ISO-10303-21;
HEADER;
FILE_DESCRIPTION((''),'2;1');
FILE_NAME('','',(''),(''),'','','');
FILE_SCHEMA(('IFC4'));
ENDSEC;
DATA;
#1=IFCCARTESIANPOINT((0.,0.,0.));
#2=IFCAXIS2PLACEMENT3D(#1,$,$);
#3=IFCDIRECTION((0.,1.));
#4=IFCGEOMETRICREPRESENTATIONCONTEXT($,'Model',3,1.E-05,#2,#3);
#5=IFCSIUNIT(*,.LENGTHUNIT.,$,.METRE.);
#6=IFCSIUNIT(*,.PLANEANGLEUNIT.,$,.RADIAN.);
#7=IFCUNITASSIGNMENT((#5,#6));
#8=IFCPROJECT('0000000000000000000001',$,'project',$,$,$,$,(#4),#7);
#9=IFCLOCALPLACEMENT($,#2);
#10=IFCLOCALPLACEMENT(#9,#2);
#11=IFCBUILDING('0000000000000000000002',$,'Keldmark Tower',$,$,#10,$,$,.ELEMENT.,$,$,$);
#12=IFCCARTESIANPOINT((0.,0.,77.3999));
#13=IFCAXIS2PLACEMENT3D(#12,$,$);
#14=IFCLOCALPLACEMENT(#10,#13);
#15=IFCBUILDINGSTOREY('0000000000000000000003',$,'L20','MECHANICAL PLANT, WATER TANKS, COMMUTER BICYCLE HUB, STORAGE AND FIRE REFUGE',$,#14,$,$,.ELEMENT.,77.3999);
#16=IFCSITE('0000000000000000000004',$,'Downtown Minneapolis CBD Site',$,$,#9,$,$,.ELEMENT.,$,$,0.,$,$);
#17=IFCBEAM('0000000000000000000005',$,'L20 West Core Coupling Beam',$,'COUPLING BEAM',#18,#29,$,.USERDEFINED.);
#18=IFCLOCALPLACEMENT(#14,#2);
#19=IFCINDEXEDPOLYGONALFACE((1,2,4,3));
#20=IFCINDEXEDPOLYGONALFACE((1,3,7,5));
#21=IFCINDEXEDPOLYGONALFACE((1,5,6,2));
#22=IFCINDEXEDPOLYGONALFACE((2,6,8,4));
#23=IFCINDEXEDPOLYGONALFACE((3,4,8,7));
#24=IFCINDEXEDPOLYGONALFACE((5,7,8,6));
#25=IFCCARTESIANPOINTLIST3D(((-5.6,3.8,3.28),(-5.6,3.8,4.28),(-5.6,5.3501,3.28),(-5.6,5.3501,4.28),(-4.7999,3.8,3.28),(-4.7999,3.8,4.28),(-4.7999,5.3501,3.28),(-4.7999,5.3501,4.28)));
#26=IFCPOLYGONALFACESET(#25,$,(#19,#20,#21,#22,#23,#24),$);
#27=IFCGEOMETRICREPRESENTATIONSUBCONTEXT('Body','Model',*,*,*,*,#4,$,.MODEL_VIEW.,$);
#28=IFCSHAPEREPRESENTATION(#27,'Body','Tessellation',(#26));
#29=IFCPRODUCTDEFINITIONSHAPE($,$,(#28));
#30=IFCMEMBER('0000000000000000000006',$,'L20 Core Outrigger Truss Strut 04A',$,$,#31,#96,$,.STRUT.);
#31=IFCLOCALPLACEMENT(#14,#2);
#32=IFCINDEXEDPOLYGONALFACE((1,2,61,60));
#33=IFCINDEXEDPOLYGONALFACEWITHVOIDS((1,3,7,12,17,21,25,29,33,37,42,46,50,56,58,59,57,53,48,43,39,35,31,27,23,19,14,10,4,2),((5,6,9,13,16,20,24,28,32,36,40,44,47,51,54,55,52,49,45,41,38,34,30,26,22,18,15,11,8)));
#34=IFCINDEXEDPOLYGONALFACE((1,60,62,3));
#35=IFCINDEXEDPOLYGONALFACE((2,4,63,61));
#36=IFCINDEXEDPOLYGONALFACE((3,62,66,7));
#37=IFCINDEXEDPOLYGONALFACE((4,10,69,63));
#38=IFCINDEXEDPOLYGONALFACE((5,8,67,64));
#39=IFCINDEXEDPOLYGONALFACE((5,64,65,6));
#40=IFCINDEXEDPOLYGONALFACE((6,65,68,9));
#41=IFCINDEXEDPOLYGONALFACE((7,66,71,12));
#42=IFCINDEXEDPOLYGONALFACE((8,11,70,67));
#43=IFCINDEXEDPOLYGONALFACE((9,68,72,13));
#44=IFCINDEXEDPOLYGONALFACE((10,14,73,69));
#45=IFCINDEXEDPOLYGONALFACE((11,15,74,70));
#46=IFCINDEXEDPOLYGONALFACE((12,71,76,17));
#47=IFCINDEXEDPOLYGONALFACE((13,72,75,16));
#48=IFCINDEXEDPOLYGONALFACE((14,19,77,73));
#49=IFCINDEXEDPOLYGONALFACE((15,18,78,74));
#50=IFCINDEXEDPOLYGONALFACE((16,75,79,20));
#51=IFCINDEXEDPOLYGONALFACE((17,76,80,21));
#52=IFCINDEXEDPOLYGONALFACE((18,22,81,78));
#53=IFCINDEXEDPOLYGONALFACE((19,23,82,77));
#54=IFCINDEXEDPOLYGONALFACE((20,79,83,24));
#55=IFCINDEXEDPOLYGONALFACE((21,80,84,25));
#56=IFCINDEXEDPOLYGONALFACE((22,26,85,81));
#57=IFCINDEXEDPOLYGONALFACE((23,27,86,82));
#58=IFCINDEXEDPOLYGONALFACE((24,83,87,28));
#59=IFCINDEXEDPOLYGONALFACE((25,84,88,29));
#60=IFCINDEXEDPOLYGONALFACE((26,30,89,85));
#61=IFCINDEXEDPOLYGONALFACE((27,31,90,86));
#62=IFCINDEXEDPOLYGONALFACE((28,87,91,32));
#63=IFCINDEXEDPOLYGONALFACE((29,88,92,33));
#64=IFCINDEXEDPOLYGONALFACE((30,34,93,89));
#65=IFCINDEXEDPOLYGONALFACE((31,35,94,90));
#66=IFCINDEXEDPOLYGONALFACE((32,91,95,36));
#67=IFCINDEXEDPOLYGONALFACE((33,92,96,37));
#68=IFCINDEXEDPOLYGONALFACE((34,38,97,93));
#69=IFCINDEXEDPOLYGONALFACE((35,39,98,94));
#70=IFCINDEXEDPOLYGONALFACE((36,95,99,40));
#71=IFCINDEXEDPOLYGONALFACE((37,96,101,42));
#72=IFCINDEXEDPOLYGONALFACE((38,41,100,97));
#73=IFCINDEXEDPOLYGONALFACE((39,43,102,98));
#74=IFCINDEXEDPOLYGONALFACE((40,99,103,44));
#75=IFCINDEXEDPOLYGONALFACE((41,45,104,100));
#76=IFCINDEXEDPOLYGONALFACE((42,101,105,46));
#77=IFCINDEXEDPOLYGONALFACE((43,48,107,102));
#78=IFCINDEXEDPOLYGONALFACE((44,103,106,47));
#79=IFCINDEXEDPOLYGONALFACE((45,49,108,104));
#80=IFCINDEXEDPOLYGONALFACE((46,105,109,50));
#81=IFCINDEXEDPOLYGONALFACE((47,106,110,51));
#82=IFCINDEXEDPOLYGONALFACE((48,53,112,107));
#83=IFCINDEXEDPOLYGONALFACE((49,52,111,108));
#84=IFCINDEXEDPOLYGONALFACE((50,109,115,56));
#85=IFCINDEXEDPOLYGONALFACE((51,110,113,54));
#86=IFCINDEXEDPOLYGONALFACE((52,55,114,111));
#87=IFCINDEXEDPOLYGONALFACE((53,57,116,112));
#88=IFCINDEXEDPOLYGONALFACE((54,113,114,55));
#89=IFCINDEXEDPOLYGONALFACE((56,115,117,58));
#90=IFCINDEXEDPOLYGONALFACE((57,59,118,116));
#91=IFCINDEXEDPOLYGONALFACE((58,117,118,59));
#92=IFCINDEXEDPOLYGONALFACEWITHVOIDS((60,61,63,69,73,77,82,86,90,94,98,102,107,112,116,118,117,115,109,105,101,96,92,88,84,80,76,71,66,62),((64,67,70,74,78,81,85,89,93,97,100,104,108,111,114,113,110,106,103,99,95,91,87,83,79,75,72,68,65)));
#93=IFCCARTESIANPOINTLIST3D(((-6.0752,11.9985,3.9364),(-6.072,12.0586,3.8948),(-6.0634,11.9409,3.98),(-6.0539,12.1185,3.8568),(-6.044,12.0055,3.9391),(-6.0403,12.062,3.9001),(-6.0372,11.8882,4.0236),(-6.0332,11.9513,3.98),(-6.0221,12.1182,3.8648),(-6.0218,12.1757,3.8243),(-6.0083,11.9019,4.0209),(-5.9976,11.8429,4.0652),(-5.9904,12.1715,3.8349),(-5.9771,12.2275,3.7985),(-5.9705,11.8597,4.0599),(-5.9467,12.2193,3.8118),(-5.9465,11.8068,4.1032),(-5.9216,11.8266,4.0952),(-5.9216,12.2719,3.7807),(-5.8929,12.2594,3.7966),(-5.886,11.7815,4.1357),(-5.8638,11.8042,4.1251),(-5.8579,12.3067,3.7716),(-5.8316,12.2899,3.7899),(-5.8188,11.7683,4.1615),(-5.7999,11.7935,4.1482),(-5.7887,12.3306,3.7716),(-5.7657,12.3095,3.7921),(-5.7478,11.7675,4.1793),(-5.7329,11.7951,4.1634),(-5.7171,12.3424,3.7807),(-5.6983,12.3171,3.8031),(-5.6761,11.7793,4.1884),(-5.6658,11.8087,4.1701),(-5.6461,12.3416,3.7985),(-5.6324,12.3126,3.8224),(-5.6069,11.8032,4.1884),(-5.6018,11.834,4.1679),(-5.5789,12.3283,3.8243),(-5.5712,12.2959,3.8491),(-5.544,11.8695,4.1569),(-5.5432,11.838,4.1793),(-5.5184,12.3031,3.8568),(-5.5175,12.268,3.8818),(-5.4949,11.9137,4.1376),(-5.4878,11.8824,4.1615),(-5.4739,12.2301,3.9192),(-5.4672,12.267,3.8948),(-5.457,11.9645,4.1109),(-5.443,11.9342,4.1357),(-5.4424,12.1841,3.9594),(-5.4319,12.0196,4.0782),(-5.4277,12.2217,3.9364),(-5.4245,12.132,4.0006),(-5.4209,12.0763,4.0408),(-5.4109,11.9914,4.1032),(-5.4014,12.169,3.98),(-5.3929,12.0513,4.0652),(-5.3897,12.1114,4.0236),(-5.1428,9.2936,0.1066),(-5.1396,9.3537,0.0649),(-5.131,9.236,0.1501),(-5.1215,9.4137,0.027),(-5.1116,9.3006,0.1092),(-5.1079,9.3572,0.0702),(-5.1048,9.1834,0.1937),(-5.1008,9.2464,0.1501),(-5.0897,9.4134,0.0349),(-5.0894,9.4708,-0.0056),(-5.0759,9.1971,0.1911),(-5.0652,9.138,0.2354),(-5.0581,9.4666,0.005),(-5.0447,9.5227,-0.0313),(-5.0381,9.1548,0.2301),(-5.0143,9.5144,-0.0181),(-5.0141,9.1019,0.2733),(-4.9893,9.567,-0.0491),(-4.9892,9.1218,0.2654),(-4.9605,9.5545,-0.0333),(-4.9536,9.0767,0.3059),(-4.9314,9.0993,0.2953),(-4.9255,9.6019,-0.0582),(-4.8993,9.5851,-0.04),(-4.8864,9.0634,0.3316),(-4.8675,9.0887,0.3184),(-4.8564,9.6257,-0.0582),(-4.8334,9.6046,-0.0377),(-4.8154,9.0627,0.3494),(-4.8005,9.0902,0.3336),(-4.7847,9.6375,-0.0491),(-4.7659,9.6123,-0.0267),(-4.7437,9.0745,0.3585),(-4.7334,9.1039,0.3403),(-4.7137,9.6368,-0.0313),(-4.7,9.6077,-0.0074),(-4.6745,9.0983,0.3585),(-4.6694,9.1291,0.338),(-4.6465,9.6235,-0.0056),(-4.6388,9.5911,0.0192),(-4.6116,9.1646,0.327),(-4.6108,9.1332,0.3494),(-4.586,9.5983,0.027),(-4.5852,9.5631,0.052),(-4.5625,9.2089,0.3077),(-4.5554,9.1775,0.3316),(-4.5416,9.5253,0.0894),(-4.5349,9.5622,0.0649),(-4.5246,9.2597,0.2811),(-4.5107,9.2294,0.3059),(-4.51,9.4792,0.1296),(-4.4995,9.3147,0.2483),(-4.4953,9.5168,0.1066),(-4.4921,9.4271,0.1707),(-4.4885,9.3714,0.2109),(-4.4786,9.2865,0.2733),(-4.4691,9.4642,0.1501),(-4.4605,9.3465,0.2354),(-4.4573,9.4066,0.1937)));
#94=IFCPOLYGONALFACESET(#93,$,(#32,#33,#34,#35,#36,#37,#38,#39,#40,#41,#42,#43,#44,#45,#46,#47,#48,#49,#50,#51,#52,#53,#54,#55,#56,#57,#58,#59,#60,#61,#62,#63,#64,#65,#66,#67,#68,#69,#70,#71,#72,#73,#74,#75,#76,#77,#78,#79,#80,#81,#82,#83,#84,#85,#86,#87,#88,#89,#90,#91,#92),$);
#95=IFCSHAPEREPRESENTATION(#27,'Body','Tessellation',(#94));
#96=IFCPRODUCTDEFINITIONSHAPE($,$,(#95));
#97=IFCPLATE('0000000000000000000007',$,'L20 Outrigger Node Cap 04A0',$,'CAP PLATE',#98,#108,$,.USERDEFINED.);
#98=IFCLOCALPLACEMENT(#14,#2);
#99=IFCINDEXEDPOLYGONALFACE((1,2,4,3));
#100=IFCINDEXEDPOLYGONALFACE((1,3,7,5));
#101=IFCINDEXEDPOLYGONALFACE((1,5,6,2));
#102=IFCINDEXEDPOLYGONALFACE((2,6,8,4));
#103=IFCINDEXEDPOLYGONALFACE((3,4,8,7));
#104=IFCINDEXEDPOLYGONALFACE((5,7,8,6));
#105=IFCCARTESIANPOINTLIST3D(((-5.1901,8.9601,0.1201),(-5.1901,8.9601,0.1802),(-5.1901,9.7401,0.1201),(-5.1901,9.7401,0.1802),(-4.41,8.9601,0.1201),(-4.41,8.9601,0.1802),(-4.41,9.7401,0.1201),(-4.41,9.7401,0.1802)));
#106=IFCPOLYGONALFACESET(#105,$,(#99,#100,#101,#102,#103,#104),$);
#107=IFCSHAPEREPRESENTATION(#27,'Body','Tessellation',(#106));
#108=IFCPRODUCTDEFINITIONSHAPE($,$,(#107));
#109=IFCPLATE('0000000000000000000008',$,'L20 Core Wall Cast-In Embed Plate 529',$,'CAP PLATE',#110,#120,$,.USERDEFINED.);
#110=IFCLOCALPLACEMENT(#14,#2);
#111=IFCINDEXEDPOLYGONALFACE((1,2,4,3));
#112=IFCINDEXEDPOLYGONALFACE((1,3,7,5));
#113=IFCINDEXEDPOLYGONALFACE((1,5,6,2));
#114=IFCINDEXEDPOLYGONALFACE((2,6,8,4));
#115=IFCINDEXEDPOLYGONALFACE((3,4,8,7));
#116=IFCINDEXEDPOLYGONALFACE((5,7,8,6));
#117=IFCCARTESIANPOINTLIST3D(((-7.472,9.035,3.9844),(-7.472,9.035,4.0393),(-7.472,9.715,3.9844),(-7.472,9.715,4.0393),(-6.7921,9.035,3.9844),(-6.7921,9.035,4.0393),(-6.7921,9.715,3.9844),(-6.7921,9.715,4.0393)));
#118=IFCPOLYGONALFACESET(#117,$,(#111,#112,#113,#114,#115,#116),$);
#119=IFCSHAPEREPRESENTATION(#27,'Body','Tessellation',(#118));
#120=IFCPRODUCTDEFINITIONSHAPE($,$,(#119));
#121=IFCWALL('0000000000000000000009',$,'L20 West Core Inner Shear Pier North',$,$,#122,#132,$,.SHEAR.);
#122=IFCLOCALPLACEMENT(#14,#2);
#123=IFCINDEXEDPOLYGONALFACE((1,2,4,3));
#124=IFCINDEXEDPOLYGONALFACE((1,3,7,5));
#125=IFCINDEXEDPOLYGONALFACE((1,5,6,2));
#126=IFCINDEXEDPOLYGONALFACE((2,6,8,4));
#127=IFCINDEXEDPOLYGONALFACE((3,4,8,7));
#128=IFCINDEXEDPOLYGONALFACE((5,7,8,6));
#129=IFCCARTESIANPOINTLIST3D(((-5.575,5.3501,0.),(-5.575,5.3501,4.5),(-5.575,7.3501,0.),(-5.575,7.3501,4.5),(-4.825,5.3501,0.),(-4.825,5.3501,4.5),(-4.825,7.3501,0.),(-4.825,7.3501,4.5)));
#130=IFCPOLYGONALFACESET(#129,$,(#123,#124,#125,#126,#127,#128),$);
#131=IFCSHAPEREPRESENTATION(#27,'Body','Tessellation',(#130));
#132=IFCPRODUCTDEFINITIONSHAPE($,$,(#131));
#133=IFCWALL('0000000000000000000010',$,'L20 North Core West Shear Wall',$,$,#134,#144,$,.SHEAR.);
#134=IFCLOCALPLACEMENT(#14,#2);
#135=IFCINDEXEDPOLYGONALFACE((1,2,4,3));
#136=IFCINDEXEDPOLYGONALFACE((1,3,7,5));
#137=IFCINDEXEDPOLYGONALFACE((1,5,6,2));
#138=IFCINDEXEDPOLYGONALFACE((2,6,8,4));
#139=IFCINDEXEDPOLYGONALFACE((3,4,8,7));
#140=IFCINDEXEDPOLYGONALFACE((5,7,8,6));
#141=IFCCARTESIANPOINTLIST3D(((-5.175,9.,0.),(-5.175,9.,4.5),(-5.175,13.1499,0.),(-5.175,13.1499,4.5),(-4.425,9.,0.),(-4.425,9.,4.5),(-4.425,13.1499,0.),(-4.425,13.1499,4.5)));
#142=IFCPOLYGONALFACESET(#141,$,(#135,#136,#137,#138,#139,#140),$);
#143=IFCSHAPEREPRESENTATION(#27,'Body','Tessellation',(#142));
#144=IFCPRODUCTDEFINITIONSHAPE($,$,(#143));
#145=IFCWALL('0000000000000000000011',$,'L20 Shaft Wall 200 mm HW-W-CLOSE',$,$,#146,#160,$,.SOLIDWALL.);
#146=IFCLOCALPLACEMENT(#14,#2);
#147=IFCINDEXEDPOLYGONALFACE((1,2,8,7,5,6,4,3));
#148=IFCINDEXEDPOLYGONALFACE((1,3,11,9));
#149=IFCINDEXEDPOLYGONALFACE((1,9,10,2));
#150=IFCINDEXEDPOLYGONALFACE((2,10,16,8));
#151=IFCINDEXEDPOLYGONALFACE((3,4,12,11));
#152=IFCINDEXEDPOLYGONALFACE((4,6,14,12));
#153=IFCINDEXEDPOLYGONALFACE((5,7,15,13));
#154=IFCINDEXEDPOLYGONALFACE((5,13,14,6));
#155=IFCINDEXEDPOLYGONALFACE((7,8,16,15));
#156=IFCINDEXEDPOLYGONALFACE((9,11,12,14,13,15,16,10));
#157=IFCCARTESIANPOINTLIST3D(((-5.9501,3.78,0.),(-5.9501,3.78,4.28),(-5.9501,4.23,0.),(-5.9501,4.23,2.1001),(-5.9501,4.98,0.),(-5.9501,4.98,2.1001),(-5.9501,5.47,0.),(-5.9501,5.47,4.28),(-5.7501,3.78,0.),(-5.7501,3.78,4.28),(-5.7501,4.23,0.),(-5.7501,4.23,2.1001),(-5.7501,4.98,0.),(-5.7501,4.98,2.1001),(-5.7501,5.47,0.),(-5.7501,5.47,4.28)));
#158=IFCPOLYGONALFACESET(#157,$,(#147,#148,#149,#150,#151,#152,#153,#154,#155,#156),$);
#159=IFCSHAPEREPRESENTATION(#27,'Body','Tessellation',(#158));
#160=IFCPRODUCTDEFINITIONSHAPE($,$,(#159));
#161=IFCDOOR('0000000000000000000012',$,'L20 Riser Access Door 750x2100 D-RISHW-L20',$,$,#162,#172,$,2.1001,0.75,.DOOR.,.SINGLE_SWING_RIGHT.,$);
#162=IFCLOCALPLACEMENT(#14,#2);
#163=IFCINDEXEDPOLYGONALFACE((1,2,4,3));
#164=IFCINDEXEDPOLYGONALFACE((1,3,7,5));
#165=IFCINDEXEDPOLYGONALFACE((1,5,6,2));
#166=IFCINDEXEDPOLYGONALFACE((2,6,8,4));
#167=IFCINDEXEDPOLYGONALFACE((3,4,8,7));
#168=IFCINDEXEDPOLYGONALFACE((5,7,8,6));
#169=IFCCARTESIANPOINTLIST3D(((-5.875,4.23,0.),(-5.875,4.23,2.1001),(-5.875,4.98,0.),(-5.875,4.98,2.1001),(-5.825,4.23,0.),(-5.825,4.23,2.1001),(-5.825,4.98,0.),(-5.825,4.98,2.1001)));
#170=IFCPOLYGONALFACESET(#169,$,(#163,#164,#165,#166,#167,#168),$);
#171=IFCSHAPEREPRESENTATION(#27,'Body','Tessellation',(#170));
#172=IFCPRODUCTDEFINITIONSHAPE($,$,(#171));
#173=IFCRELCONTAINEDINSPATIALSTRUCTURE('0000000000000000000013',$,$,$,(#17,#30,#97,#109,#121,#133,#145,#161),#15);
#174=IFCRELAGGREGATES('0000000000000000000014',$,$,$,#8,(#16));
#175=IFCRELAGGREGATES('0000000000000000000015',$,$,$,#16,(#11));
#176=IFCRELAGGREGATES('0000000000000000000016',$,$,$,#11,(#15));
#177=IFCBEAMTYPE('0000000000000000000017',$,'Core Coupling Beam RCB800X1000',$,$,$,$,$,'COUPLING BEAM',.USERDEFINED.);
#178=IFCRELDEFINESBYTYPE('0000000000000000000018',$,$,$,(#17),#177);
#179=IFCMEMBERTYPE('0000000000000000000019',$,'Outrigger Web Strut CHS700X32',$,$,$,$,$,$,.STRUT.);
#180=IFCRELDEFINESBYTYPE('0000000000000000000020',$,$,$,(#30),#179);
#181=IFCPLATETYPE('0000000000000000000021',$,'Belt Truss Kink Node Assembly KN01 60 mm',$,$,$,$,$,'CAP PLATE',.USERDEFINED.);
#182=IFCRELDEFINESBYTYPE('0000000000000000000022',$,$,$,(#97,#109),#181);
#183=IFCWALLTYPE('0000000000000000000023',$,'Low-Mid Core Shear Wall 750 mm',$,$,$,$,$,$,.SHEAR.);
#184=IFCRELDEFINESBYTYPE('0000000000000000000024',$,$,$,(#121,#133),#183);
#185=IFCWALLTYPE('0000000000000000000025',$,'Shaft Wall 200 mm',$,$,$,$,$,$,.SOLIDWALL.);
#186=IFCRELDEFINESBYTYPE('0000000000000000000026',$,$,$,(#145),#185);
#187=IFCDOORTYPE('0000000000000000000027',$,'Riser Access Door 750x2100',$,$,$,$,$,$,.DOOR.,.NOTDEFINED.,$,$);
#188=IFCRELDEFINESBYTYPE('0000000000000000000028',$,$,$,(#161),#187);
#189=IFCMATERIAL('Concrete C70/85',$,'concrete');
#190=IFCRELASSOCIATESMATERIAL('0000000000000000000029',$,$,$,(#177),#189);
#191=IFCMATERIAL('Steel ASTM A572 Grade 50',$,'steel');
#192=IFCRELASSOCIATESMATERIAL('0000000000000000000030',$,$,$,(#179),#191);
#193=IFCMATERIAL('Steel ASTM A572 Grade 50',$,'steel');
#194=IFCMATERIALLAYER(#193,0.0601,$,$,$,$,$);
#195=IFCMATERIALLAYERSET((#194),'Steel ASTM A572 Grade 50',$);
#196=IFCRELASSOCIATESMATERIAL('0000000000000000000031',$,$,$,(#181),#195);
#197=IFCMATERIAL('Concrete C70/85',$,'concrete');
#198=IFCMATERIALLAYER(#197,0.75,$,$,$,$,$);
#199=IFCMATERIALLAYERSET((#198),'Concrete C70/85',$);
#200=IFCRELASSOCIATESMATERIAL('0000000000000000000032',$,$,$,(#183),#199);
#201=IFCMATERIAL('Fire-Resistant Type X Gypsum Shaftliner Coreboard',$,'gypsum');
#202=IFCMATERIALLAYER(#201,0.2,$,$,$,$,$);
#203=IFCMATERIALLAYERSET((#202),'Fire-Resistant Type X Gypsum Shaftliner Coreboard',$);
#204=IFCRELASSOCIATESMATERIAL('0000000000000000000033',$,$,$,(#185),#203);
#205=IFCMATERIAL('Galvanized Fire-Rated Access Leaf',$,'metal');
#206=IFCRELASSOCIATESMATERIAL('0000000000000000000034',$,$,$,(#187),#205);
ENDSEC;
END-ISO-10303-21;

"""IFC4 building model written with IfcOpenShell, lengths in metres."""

from ifc_helpers import new_model, si_unit, direction, frame, frame_2d, origin, origin_2d, place, context, subcontext, project, spatial, rectangle, hollow_circle, extrude, material, layer, layer_set, material_profile, profile_set, type_object, element, fill, save


model = new_model("IFC4")

# Units and contexts
model_context = context("Model", 3, precision=1e-05, world=origin(), true_north=direction((0.0, 1.0)))
body_context = subcontext(model_context, "Body", "Model", "MODEL_VIEW")
ifc_project = project(units=[si_unit("LENGTHUNIT", "METRE"), si_unit("PLANEANGLEUNIT", "RADIAN")], contexts=[model_context])

# Site, building, storey
site_placement = place(None, origin())
site = spatial("IfcSite", under=ifc_project, at=site_placement, Name="Downtown Minneapolis CBD Site", CompositionType="ELEMENT", RefElevation=0.0)
building_placement = place(site_placement, origin())
building = spatial("IfcBuilding", under=site, at=building_placement, Name="Keldmark Tower", CompositionType="ELEMENT")
storey_placement = place(building_placement, frame((0.0, 0.0, 77.3999)))
storey = spatial("IfcBuildingStorey", under=building, at=storey_placement, Name="L20", Description="MECHANICAL PLANT, WATER TANKS, COMMUTER BICYCLE HUB, STORAGE AND FIRE REFUGE", CompositionType="ELEMENT", Elevation=77.3999)

# Beam
ifc_material_1 = material(Name="Concrete C70/85", Category="concrete")
ifc_material_profile_1 = material_profile(ifc_material_1, rectangle(XDim=0.8, YDim=1.0, at=origin_2d()), Name="RCB800X1000")
ifc_profile_set_1 = profile_set([ifc_material_profile_1], Name="Concrete C70/85")
beam_type = type_object("IfcBeamType", Name="Core Coupling Beam RCB800X1000", ElementType="COUPLING BEAM", PredefinedType="USERDEFINED", material=ifc_profile_set_1)
beam_placement = place(storey_placement, frame((-5.2, 3.8, 3.78), z_axis=(0.0, 1.0, 0.0), x_axis=(-1.0, 0.0, 0.0)))
element("IfcBeam", 1, at=beam_placement, inside=storey, type_object=beam_type, Name="L20 West Core Coupling Beam", ObjectType="COUPLING BEAM", PredefinedType="USERDEFINED", context=body_context, shape_type="SweptSolid", body=[
    extrude(rectangle(XDim=0.8, YDim=1.0, at=origin_2d()), origin(), (0.0, 0.0, 1.0), 1.55),
])

# Member
ifc_material_2 = material(Name="Steel ASTM A572 Grade 50", Category="steel")
ifc_material_profile_2 = material_profile(ifc_material_2, hollow_circle(Radius=0.3501, WallThickness=0.032, at=origin_2d()), Name="CHS700X32")
ifc_profile_set_2 = profile_set([ifc_material_profile_2], Name="Steel ASTM A572 Grade 50")
member_type = type_object("IfcMemberType", Name="Outrigger Web Strut CHS700X32", PredefinedType="STRUT", material=ifc_profile_set_2)
member_placement = place(storey_placement, frame((-4.8, 9.3501, 0.1501), z_axis=(-0.195037, 0.565807, 0.801139), x_axis=(-0.945408, -0.325888, 0.0)))
element("IfcMember", 2, at=member_placement, inside=storey, type_object=member_type, Name="L20 Core Outrigger Truss Strut 04A", PredefinedType="STRUT", context=body_context, shape_type="SweptSolid", body=[
    extrude(hollow_circle(Radius=0.3501, WallThickness=0.032, at=origin_2d()), origin(), (0.0, 0.0, 1.0), 4.7805),
])

# Plates
ifc_material_3 = material(Name="Steel ASTM A572 Grade 50", Category="steel")
ifc_layer_1 = layer(ifc_material_3, 0.0601)
ifc_layer_set_1 = layer_set([ifc_layer_1], Name="Steel ASTM A572 Grade 50")
plate_type = type_object("IfcPlateType", Name="Belt Truss Kink Node Assembly KN01 60 mm", ElementType="CAP PLATE", PredefinedType="USERDEFINED", material=ifc_layer_set_1)
plate_1_placement = place(storey_placement, frame((-4.8, 9.3501, 0.1201), z_axis=(0.0, 0.0, 1.0), x_axis=(1.0, 0.0, 0.0)))
element("IfcPlate", 3, at=plate_1_placement, inside=storey, type_object=plate_type, Name="L20 Outrigger Node Cap 04A0", ObjectType="CAP PLATE", PredefinedType="USERDEFINED", context=body_context, shape_type="SweptSolid", body=[
    extrude(rectangle(XDim=0.78, YDim=0.78, at=origin_2d()), origin(), (0.0, 0.0, 1.0), 0.0601),
])
plate_2_placement = place(storey_placement, frame((-7.1321, 9.375, 3.9844), z_axis=(0.0, 0.0, 1.0), x_axis=(1.0, 0.0, 0.0)))
element("IfcPlate", 4, at=plate_2_placement, inside=storey, type_object=plate_type, Name="L20 Core Wall Cast-In Embed Plate 529", ObjectType="CAP PLATE", PredefinedType="USERDEFINED", context=body_context, shape_type="SweptSolid", body=[
    extrude(rectangle(XDim=0.6799, YDim=0.6799, at=origin_2d()), origin(), (0.0, 0.0, 1.0), 0.0549),
])

# Walls
ifc_material_4 = material(Name="Concrete C70/85", Category="concrete")
ifc_layer_2 = layer(ifc_material_4, 0.75)
ifc_layer_set_2 = layer_set([ifc_layer_2], Name="Concrete C70/85")
wall_type_1 = type_object("IfcWallType", Name="Low-Mid Core Shear Wall 750 mm", PredefinedType="SHEAR", material=ifc_layer_set_2)
wall_1_placement = place(storey_placement, frame((-5.2, 5.3501, 0.0), z_axis=(0.0, 0.0, 1.0), x_axis=(0.0, 1.0, 0.0)))
element("IfcWall", 5, at=wall_1_placement, inside=storey, type_object=wall_type_1, Name="L20 West Core Inner Shear Pier North", PredefinedType="SHEAR", context=body_context, shape_type="SweptSolid", body=[
    extrude(rectangle(XDim=2.0, YDim=0.75, at=frame_2d((1.0, 0.0))), origin(), (0.0, 0.0, 1.0), 4.5),
])
wall_2_placement = place(storey_placement, frame((-4.8, 9.0, 0.0), z_axis=(0.0, 0.0, 1.0), x_axis=(0.0, 1.0, 0.0)))
element("IfcWall", 6, at=wall_2_placement, inside=storey, type_object=wall_type_1, Name="L20 North Core West Shear Wall", PredefinedType="SHEAR", context=body_context, shape_type="SweptSolid", body=[
    extrude(rectangle(XDim=4.1499, YDim=0.75, at=frame_2d((2.075, 0.0))), origin(), (0.0, 0.0, 1.0), 4.5),
])

# Wall, opening, door
ifc_material_5 = material(Name="Fire-Resistant Type X Gypsum Shaftliner Coreboard", Category="gypsum")
ifc_layer_3 = layer(ifc_material_5, 0.2)
ifc_layer_set_3 = layer_set([ifc_layer_3], Name="Fire-Resistant Type X Gypsum Shaftliner Coreboard")
wall_type_2 = type_object("IfcWallType", Name="Shaft Wall 200 mm", PredefinedType="SOLIDWALL", material=ifc_layer_set_3)
wall_3_placement = place(storey_placement, frame((-5.8501, 3.78, 0.0), z_axis=(0.0, 0.0, 1.0), x_axis=(0.0, 1.0, 0.0)))
wall_3 = element("IfcWall", 7, at=wall_3_placement, inside=storey, type_object=wall_type_2, Name="L20 Shaft Wall 200 mm HW-W-CLOSE", PredefinedType="SOLIDWALL", context=body_context, shape_type="SweptSolid", body=[
    extrude(rectangle(XDim=1.6899, YDim=0.2, at=frame_2d((0.845, 0.0))), origin(), (0.0, 0.0, 1.0), 4.28),
])
opening_1_placement = place(wall_3_placement, frame((0.45, 0.0, 0.0)))
opening_1 = element("IfcOpeningElement", 8, at=opening_1_placement, cuts=wall_3, PredefinedType="OPENING", context=body_context, shape_type="SweptSolid", body=[
    extrude(rectangle(XDim=0.75, YDim=2.1001, at=frame_2d((0.375, 1.05))), frame((0.0, 0.1099, 0.0), z_axis=(0.0, -1.0, 0.0), x_axis=(1.0, 0.0, 0.0)), (0.0, 0.0, 1.0), 0.22),
])
ifc_material_6 = material(Name="Galvanized Fire-Rated Access Leaf", Category="metal")
door_type_1 = type_object("IfcDoorType", Name="Riser Access Door 750x2100", OperationType="NOTDEFINED", PredefinedType="DOOR", material=ifc_material_6)
door_1_placement = place(opening_1_placement, origin())
door_1 = element("IfcDoor", 9, at=door_1_placement, inside=storey, type_object=door_type_1, Name="L20 Riser Access Door 750x2100 D-RISHW-L20", OperationType="SINGLE_SWING_RIGHT", OverallHeight=2.1001, OverallWidth=0.75, PredefinedType="DOOR", context=body_context, shape_type="SweptSolid", body=[
    extrude(rectangle(XDim=0.75, YDim=2.1001, at=frame_2d((0.375, 1.05))), frame((0.0, 0.0249, 0.0), z_axis=(0.0, -1.0, 0.0), x_axis=(1.0, 0.0, 0.0)), (0.0, 0.0, 1.0), 0.05),
])
fill(opening_1, door_1)

save(model, "model.ifc")
